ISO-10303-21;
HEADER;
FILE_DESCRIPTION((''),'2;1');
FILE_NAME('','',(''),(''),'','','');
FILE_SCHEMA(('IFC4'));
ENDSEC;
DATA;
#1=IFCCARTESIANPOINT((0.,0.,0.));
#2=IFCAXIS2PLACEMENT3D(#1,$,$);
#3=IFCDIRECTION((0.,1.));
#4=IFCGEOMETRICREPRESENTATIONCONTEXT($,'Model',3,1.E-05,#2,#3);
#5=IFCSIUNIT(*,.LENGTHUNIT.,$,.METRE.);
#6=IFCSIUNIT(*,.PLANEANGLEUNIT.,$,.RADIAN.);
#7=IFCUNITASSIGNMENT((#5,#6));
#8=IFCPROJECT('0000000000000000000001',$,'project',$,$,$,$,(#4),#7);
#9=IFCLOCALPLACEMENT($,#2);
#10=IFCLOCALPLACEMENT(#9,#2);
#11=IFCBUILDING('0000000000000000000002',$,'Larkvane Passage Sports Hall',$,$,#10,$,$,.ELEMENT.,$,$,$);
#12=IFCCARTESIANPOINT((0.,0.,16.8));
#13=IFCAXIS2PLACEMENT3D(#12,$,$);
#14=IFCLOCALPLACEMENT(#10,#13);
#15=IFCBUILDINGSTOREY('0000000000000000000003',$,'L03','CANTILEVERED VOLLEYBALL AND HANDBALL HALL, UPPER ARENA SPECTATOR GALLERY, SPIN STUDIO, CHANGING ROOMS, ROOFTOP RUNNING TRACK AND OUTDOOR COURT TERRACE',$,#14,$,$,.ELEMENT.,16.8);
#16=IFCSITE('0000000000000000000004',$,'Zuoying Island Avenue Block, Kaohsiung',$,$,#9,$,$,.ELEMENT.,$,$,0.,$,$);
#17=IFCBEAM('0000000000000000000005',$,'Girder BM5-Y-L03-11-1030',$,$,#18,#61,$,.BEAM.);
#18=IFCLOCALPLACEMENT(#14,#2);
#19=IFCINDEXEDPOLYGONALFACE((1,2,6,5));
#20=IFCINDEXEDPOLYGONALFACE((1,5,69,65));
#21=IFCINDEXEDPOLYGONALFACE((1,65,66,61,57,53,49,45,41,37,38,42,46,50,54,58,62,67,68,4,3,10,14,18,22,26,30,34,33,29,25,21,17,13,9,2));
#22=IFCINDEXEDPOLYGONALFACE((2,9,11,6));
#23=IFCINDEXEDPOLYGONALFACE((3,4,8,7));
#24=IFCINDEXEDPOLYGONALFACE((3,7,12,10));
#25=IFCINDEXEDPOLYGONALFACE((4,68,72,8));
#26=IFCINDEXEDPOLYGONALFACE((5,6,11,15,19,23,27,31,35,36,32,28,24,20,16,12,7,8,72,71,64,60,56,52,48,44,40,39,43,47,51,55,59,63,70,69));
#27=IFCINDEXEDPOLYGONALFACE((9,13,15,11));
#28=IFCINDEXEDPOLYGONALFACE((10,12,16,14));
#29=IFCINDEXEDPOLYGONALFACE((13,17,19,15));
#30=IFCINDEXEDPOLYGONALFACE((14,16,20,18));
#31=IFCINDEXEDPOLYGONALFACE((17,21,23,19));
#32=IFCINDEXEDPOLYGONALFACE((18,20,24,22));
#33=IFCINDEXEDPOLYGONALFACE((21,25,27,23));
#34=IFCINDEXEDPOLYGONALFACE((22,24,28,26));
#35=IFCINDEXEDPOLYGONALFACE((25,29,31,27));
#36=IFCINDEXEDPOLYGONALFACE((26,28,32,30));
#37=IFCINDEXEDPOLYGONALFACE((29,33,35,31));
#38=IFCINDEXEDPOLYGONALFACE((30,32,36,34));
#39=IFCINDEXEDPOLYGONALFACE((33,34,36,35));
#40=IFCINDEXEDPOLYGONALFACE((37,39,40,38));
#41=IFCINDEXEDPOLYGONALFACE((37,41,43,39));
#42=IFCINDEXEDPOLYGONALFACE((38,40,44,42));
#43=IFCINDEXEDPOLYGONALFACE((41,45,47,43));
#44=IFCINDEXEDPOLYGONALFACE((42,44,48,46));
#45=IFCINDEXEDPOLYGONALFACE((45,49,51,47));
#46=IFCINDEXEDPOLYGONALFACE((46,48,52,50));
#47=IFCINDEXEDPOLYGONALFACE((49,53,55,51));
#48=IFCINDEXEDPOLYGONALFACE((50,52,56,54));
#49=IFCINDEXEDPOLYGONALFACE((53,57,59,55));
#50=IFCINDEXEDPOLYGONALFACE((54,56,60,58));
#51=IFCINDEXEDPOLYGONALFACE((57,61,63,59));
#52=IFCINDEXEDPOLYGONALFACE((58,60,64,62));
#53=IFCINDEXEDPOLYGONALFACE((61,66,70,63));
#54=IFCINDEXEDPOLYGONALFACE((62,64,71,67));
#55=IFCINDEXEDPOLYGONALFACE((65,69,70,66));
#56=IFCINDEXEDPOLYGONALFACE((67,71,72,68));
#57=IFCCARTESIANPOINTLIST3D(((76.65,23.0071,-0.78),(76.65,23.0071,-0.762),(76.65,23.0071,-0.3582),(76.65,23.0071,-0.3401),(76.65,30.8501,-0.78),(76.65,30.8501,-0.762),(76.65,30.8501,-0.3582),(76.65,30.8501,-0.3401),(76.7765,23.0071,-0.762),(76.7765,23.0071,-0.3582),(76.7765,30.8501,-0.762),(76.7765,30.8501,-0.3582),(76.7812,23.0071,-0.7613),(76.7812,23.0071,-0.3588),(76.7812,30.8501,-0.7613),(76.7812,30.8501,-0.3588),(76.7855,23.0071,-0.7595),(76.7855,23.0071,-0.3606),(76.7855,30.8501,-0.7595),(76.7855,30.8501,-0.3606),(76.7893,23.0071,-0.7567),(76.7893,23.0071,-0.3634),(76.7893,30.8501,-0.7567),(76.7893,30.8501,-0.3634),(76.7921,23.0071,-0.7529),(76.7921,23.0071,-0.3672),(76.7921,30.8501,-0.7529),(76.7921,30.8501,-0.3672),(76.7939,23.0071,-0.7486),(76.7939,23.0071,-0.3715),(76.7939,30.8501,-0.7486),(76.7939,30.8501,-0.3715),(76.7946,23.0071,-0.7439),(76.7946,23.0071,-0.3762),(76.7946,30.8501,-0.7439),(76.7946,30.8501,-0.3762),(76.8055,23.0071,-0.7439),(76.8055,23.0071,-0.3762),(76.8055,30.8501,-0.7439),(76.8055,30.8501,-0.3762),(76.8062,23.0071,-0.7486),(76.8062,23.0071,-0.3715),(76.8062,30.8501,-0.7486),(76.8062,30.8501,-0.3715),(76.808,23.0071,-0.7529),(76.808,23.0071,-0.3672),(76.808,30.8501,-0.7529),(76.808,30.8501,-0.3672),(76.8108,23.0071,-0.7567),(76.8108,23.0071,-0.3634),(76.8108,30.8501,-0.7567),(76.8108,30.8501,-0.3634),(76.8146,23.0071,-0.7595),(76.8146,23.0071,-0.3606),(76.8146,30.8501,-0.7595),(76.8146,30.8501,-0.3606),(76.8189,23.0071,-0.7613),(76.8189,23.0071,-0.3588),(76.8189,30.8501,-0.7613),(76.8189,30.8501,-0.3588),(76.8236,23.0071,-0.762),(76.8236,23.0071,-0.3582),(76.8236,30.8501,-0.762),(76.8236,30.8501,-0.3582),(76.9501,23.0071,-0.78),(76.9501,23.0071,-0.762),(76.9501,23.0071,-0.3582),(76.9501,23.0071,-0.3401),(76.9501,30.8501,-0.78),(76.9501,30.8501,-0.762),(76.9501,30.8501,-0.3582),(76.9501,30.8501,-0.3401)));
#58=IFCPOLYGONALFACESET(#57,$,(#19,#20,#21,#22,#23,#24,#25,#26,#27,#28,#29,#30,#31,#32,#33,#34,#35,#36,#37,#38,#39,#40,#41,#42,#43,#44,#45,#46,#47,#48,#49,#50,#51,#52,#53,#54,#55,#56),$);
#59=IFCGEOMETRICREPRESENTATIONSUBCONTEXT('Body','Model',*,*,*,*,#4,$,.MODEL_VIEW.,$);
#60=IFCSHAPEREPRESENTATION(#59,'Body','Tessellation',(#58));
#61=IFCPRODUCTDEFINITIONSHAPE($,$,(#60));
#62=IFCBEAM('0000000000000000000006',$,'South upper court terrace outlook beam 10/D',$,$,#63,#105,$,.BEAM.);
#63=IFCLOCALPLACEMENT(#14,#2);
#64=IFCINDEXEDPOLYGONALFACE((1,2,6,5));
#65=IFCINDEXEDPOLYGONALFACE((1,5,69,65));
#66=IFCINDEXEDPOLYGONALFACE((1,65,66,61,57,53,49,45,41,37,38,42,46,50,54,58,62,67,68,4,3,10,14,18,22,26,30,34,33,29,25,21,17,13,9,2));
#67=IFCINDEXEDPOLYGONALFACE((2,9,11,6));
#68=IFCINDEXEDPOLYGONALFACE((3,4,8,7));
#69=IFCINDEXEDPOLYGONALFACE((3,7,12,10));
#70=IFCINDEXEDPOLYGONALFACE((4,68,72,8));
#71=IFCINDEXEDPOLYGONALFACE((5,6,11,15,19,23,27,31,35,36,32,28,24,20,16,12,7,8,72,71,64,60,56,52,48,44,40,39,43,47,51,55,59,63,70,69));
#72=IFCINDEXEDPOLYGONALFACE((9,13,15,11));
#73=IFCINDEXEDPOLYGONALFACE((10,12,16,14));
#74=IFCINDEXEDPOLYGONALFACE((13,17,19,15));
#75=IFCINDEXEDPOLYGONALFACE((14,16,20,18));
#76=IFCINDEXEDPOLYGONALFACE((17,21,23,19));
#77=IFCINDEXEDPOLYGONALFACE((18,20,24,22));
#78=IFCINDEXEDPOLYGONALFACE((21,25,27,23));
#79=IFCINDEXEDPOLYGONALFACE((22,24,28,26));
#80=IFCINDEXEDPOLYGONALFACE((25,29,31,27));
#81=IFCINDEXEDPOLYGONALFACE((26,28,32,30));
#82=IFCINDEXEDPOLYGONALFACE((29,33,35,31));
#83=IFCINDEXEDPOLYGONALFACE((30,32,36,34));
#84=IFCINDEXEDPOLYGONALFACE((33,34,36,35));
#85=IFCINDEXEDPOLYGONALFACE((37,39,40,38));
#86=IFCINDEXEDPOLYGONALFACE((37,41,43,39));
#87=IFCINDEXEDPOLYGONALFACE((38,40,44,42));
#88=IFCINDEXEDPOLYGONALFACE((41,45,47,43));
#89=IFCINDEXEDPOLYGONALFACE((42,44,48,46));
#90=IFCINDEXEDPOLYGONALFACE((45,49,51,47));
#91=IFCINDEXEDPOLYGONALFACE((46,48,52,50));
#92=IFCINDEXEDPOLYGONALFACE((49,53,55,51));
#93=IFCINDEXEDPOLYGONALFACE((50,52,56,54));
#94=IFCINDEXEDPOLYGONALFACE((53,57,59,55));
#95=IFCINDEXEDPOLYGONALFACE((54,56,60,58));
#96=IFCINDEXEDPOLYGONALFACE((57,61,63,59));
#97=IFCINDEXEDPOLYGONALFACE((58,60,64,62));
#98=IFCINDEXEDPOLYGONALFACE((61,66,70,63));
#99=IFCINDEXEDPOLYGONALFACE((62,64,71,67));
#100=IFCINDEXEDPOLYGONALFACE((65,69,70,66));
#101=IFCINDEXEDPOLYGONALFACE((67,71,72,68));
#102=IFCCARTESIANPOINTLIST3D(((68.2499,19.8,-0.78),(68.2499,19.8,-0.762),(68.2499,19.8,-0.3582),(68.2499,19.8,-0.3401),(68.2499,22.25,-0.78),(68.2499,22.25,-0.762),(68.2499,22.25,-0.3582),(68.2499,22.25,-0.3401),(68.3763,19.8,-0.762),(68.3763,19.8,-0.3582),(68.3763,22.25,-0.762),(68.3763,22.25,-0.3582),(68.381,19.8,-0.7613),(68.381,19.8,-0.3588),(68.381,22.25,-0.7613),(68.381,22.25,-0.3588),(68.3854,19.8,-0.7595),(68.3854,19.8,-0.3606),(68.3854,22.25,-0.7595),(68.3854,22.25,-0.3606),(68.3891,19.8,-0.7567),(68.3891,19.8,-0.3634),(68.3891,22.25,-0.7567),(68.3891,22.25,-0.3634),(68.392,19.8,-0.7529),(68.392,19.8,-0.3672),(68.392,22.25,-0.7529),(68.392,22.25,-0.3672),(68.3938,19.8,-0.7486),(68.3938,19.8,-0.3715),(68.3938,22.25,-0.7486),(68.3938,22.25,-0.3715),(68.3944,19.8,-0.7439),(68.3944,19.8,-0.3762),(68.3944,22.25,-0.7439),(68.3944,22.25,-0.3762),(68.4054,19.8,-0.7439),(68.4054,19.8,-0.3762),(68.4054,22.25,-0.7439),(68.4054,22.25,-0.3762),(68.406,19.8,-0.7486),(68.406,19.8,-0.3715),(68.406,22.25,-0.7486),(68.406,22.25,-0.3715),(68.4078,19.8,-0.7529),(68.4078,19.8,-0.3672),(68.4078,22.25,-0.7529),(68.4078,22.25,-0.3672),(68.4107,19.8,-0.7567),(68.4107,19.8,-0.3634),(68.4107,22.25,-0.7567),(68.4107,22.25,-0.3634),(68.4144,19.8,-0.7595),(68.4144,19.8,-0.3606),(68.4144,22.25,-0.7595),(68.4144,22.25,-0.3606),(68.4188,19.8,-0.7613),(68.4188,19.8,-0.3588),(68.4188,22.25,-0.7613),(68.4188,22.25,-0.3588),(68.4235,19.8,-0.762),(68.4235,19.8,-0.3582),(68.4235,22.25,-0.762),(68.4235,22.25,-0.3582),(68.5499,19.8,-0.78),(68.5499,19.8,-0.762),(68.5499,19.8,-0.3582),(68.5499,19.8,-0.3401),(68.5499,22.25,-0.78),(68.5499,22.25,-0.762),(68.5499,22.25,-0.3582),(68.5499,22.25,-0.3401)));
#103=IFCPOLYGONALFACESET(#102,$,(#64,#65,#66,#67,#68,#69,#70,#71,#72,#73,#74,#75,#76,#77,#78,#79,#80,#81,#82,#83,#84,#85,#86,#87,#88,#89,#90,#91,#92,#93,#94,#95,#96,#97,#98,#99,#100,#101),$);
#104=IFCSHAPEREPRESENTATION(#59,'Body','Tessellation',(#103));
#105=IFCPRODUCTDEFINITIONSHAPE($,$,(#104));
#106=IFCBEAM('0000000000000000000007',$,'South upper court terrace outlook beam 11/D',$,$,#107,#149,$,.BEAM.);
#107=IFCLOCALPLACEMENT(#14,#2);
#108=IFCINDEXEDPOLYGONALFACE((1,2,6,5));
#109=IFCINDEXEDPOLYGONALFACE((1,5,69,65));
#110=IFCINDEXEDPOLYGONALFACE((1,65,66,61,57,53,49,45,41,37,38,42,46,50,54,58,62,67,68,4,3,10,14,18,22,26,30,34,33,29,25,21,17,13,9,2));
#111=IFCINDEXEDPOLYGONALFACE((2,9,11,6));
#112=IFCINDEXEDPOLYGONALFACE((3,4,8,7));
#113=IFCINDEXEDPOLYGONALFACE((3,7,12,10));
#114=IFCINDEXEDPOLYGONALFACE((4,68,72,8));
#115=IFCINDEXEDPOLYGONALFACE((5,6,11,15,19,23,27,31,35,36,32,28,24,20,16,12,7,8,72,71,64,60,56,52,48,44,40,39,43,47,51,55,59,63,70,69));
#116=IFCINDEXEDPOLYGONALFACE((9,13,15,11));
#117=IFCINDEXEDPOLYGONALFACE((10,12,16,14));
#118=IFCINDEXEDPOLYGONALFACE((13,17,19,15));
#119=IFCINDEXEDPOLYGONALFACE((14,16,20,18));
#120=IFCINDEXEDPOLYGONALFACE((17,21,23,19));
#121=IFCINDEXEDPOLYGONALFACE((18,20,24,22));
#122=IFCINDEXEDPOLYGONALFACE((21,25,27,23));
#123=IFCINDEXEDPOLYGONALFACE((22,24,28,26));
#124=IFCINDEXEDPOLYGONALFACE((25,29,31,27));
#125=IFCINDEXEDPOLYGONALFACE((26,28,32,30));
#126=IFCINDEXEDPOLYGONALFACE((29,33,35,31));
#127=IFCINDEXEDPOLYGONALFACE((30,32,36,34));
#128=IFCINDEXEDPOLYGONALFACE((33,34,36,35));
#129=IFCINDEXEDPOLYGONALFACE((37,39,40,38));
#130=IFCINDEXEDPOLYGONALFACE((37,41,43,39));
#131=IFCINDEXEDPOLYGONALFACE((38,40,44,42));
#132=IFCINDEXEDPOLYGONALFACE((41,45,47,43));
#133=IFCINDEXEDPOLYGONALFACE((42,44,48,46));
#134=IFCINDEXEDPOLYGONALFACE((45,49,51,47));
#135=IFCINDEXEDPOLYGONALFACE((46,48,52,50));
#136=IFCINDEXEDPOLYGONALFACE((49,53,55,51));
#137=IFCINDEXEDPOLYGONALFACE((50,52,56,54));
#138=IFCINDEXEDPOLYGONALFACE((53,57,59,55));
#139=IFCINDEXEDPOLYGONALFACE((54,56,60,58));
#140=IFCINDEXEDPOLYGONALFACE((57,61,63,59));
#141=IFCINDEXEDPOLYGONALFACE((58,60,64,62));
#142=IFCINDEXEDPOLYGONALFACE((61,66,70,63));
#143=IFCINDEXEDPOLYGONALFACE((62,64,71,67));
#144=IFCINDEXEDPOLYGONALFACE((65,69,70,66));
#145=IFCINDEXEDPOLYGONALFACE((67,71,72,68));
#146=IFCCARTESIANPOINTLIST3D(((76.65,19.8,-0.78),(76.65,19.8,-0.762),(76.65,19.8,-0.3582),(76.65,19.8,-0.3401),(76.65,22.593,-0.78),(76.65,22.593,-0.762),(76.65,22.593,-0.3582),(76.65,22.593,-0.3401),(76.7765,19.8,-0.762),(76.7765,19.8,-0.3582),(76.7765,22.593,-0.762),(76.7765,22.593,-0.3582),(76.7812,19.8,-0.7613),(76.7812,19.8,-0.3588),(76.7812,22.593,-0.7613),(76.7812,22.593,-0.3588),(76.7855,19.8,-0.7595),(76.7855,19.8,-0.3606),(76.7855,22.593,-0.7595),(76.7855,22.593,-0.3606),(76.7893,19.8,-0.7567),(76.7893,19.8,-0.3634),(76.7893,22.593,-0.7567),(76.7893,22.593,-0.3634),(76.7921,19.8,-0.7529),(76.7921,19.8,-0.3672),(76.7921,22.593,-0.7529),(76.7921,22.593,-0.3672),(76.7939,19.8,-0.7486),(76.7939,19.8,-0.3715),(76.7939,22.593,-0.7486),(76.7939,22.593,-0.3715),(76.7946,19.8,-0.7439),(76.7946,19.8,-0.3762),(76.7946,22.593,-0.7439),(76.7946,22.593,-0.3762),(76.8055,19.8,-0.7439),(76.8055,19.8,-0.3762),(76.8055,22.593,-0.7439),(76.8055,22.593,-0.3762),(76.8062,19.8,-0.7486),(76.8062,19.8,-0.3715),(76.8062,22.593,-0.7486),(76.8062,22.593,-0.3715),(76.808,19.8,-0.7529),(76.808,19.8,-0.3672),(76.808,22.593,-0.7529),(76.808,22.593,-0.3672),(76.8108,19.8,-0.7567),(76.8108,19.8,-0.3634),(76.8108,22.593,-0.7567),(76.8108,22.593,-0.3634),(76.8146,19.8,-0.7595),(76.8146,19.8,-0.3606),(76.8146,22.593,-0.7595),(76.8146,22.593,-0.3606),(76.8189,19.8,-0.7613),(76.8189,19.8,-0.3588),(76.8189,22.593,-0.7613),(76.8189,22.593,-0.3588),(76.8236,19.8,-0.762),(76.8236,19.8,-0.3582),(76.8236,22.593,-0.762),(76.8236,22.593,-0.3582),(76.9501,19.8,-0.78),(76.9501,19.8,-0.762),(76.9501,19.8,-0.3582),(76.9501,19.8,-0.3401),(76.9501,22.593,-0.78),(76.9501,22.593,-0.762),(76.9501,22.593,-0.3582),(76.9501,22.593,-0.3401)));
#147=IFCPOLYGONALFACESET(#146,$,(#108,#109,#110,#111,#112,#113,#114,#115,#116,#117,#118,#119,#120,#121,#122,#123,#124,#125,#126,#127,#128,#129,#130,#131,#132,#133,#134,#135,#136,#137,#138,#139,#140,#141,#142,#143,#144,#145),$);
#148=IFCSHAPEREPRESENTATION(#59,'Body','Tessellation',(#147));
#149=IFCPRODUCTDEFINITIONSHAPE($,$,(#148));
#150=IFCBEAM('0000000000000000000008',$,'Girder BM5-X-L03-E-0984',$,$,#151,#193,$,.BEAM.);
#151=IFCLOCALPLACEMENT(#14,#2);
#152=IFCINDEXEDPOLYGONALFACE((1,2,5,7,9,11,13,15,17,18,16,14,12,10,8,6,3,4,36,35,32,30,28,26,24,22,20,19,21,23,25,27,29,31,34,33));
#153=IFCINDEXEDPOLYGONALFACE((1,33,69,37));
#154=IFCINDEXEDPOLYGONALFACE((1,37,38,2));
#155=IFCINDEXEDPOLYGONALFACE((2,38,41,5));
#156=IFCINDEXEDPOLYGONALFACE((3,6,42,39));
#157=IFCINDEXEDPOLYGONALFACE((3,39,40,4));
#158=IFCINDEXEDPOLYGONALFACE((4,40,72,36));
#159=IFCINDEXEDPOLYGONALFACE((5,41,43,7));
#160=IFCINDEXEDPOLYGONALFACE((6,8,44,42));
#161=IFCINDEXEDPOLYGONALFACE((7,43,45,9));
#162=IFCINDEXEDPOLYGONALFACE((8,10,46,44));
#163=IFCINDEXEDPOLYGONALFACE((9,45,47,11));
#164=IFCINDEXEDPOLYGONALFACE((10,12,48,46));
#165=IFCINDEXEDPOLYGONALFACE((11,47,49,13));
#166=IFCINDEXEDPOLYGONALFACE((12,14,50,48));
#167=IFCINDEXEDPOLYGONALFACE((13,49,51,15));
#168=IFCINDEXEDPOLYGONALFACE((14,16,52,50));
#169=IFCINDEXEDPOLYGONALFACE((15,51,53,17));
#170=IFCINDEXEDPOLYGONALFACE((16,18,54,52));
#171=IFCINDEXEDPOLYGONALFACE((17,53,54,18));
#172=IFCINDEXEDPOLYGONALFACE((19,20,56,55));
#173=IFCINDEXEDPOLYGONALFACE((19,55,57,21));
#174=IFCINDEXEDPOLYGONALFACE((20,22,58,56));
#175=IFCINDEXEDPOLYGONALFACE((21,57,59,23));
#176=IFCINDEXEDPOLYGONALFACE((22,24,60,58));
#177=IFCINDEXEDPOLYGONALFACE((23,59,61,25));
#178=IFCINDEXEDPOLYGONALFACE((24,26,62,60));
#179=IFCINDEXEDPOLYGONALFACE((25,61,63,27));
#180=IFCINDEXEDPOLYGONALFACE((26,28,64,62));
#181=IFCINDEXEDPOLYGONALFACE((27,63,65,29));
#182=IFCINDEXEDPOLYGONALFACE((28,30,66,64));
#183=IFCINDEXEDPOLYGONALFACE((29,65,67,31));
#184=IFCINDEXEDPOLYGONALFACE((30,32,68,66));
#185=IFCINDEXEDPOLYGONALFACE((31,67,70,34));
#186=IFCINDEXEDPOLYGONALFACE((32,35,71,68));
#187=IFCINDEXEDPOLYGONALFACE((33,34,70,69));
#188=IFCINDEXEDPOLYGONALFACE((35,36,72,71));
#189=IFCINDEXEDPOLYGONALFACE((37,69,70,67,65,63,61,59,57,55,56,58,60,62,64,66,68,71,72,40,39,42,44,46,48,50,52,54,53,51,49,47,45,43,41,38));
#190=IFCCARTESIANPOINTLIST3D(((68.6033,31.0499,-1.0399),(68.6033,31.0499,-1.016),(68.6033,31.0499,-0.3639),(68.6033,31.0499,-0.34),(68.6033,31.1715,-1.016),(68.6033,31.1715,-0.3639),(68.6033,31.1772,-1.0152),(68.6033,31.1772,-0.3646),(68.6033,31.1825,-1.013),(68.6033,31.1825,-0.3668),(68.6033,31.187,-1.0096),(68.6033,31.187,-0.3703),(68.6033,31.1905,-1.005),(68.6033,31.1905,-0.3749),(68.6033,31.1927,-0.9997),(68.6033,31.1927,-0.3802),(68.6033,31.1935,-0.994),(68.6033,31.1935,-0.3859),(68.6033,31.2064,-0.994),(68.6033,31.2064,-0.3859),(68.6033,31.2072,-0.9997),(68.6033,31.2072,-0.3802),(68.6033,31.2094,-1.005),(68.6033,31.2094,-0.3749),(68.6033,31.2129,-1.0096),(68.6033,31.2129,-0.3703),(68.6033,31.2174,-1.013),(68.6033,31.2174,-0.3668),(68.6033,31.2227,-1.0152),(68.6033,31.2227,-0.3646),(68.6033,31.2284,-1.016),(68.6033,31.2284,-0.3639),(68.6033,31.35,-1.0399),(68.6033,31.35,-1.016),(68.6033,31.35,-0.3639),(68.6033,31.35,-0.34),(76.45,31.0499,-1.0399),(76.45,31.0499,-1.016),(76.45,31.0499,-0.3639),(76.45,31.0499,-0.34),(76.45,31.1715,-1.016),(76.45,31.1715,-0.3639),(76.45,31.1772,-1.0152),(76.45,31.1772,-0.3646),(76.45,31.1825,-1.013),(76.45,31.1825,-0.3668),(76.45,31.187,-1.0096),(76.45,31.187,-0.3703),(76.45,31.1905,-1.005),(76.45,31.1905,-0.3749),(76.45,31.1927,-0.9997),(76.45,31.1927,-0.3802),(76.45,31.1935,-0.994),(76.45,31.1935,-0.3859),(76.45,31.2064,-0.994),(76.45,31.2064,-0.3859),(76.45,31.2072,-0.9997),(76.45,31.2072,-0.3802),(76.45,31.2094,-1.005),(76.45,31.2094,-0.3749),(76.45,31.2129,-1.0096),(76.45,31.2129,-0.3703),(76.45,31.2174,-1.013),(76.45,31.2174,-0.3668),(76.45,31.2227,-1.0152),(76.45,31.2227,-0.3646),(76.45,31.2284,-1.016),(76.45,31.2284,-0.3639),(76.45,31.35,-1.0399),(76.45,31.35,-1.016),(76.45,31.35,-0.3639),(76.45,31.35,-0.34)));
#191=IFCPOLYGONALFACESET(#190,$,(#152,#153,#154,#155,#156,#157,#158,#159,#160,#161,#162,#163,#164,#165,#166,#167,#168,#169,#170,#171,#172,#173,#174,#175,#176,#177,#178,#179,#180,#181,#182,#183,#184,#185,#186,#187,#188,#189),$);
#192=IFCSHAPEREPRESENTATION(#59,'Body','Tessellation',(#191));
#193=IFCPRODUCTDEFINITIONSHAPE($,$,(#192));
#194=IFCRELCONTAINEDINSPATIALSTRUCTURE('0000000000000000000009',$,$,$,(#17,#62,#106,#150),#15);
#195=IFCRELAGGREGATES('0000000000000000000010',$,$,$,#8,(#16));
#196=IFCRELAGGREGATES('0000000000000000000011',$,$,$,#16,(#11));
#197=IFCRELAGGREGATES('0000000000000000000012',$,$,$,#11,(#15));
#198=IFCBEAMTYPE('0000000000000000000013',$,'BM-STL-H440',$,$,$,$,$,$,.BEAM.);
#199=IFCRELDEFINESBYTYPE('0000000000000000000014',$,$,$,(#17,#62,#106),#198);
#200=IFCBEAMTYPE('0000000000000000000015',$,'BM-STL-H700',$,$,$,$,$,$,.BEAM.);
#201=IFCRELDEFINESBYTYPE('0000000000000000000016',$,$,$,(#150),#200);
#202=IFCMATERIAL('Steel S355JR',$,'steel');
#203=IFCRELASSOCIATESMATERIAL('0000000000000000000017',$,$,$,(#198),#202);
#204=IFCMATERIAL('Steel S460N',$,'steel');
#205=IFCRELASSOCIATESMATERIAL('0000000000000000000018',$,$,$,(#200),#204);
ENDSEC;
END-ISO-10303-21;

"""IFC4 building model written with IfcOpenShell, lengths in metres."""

from ifc_helpers import new_model, si_unit, direction, frame, origin, origin_2d, place, context, subcontext, project, spatial, i_section, extrude, material, material_profile, profile_set, type_object, element, save


model = new_model("IFC4")

# Units and contexts
model_context = context("Model", 3, precision=1e-05, world=origin(), true_north=direction((0.0, 1.0)))
body_context = subcontext(model_context, "Body", "Model", "MODEL_VIEW")
ifc_project = project(units=[si_unit("LENGTHUNIT", "METRE"), si_unit("PLANEANGLEUNIT", "RADIAN")], contexts=[model_context])

# Site, building, storey
site_placement = place(None, origin())
site = spatial("IfcSite", under=ifc_project, at=site_placement, Name="Zuoying Island Avenue Block, Kaohsiung", CompositionType="ELEMENT", RefElevation=0.0)
building_placement = place(site_placement, origin())
building = spatial("IfcBuilding", under=site, at=building_placement, Name="Larkvane Passage Sports Hall", CompositionType="ELEMENT")
storey_placement = place(building_placement, frame((0.0, 0.0, 16.8)))
storey = spatial("IfcBuildingStorey", under=building, at=storey_placement, Name="L03", Description="CANTILEVERED VOLLEYBALL AND HANDBALL HALL, UPPER ARENA SPECTATOR GALLERY, SPIN STUDIO, CHANGING ROOMS, ROOFTOP RUNNING TRACK AND OUTDOOR COURT TERRACE", CompositionType="ELEMENT", Elevation=16.8)

# Shared definitions
ifc_material_1 = material(Name="Steel S355JR", Category="steel")
ifc_material_2 = material(Name="Steel S460N", Category="steel")

# Beams
ifc_material_profile_1 = material_profile(ifc_material_1, i_section(OverallWidth=0.3, OverallDepth=0.4399, WebThickness=0.011, FlangeThickness=0.0181, FilletRadius=0.0181, at=origin_2d()), Name="H-440x300x11x18")
ifc_profile_set_1 = profile_set([ifc_material_profile_1], Name="Steel S355JR")
beam_type_1 = type_object("IfcBeamType", Name="BM-STL-H440", PredefinedType="BEAM", material=ifc_profile_set_1)
beam_1_placement = place(storey_placement, frame((76.8, 23.0071, -0.5601), z_axis=(0.0, 1.0, 0.0), x_axis=(-1.0, 0.0, 0.0)))
element("IfcBeam", 1, at=beam_1_placement, inside=storey, type_object=beam_type_1, Name="Girder BM5-Y-L03-11-1030", PredefinedType="BEAM", context=body_context, shape_type="SweptSolid", body=[
    extrude(i_section(OverallWidth=0.3, OverallDepth=0.4399, WebThickness=0.011, FlangeThickness=0.0181, FilletRadius=0.0181, at=origin_2d()), origin(), (0.0, 0.0, 1.0), 7.843),
])
beam_2_placement = place(storey_placement, frame((68.3999, 19.8, -0.5601), z_axis=(0.0, 1.0, 0.0), x_axis=(-1.0, 0.0, 0.0)))
element("IfcBeam", 2, at=beam_2_placement, inside=storey, type_object=beam_type_1, Name="South upper court terrace outlook beam 10/D", PredefinedType="BEAM", context=body_context, shape_type="SweptSolid", body=[
    extrude(i_section(OverallWidth=0.3, OverallDepth=0.4399, WebThickness=0.011, FlangeThickness=0.0181, FilletRadius=0.0181, at=origin_2d()), origin(), (0.0, 0.0, 1.0), 2.45),
])
beam_3_placement = place(storey_placement, frame((76.8, 19.8, -0.5601), z_axis=(0.0, 1.0, 0.0), x_axis=(-1.0, 0.0, 0.0)))
element("IfcBeam", 3, at=beam_3_placement, inside=storey, type_object=beam_type_1, Name="South upper court terrace outlook beam 11/D", PredefinedType="BEAM", context=body_context, shape_type="SweptSolid", body=[
    extrude(i_section(OverallWidth=0.3, OverallDepth=0.4399, WebThickness=0.011, FlangeThickness=0.0181, FilletRadius=0.0181, at=origin_2d()), origin(), (0.0, 0.0, 1.0), 2.793),
])
ifc_material_profile_2 = material_profile(ifc_material_2, i_section(OverallWidth=0.3, OverallDepth=0.7, WebThickness=0.0129, FlangeThickness=0.0239, FilletRadius=0.022, at=origin_2d()), Name="H-700x300x13x24")
ifc_profile_set_2 = profile_set([ifc_material_profile_2], Name="Steel S460N")
beam_type_2 = type_object("IfcBeamType", Name="BM-STL-H700", PredefinedType="BEAM", material=ifc_profile_set_2)
beam_4_placement = place(storey_placement, frame((68.6033, 31.2, -0.6899), z_axis=(1.0, 0.0, 0.0), x_axis=(0.0, 1.0, 0.0)))
element("IfcBeam", 4, at=beam_4_placement, inside=storey, type_object=beam_type_2, Name="Girder BM5-X-L03-E-0984", PredefinedType="BEAM", context=body_context, shape_type="SweptSolid", body=[
    extrude(i_section(OverallWidth=0.3, OverallDepth=0.7, WebThickness=0.0129, FlangeThickness=0.0239, FilletRadius=0.022, at=origin_2d()), origin(), (0.0, 0.0, 1.0), 7.8467),
])

save(model, "model.ifc")
